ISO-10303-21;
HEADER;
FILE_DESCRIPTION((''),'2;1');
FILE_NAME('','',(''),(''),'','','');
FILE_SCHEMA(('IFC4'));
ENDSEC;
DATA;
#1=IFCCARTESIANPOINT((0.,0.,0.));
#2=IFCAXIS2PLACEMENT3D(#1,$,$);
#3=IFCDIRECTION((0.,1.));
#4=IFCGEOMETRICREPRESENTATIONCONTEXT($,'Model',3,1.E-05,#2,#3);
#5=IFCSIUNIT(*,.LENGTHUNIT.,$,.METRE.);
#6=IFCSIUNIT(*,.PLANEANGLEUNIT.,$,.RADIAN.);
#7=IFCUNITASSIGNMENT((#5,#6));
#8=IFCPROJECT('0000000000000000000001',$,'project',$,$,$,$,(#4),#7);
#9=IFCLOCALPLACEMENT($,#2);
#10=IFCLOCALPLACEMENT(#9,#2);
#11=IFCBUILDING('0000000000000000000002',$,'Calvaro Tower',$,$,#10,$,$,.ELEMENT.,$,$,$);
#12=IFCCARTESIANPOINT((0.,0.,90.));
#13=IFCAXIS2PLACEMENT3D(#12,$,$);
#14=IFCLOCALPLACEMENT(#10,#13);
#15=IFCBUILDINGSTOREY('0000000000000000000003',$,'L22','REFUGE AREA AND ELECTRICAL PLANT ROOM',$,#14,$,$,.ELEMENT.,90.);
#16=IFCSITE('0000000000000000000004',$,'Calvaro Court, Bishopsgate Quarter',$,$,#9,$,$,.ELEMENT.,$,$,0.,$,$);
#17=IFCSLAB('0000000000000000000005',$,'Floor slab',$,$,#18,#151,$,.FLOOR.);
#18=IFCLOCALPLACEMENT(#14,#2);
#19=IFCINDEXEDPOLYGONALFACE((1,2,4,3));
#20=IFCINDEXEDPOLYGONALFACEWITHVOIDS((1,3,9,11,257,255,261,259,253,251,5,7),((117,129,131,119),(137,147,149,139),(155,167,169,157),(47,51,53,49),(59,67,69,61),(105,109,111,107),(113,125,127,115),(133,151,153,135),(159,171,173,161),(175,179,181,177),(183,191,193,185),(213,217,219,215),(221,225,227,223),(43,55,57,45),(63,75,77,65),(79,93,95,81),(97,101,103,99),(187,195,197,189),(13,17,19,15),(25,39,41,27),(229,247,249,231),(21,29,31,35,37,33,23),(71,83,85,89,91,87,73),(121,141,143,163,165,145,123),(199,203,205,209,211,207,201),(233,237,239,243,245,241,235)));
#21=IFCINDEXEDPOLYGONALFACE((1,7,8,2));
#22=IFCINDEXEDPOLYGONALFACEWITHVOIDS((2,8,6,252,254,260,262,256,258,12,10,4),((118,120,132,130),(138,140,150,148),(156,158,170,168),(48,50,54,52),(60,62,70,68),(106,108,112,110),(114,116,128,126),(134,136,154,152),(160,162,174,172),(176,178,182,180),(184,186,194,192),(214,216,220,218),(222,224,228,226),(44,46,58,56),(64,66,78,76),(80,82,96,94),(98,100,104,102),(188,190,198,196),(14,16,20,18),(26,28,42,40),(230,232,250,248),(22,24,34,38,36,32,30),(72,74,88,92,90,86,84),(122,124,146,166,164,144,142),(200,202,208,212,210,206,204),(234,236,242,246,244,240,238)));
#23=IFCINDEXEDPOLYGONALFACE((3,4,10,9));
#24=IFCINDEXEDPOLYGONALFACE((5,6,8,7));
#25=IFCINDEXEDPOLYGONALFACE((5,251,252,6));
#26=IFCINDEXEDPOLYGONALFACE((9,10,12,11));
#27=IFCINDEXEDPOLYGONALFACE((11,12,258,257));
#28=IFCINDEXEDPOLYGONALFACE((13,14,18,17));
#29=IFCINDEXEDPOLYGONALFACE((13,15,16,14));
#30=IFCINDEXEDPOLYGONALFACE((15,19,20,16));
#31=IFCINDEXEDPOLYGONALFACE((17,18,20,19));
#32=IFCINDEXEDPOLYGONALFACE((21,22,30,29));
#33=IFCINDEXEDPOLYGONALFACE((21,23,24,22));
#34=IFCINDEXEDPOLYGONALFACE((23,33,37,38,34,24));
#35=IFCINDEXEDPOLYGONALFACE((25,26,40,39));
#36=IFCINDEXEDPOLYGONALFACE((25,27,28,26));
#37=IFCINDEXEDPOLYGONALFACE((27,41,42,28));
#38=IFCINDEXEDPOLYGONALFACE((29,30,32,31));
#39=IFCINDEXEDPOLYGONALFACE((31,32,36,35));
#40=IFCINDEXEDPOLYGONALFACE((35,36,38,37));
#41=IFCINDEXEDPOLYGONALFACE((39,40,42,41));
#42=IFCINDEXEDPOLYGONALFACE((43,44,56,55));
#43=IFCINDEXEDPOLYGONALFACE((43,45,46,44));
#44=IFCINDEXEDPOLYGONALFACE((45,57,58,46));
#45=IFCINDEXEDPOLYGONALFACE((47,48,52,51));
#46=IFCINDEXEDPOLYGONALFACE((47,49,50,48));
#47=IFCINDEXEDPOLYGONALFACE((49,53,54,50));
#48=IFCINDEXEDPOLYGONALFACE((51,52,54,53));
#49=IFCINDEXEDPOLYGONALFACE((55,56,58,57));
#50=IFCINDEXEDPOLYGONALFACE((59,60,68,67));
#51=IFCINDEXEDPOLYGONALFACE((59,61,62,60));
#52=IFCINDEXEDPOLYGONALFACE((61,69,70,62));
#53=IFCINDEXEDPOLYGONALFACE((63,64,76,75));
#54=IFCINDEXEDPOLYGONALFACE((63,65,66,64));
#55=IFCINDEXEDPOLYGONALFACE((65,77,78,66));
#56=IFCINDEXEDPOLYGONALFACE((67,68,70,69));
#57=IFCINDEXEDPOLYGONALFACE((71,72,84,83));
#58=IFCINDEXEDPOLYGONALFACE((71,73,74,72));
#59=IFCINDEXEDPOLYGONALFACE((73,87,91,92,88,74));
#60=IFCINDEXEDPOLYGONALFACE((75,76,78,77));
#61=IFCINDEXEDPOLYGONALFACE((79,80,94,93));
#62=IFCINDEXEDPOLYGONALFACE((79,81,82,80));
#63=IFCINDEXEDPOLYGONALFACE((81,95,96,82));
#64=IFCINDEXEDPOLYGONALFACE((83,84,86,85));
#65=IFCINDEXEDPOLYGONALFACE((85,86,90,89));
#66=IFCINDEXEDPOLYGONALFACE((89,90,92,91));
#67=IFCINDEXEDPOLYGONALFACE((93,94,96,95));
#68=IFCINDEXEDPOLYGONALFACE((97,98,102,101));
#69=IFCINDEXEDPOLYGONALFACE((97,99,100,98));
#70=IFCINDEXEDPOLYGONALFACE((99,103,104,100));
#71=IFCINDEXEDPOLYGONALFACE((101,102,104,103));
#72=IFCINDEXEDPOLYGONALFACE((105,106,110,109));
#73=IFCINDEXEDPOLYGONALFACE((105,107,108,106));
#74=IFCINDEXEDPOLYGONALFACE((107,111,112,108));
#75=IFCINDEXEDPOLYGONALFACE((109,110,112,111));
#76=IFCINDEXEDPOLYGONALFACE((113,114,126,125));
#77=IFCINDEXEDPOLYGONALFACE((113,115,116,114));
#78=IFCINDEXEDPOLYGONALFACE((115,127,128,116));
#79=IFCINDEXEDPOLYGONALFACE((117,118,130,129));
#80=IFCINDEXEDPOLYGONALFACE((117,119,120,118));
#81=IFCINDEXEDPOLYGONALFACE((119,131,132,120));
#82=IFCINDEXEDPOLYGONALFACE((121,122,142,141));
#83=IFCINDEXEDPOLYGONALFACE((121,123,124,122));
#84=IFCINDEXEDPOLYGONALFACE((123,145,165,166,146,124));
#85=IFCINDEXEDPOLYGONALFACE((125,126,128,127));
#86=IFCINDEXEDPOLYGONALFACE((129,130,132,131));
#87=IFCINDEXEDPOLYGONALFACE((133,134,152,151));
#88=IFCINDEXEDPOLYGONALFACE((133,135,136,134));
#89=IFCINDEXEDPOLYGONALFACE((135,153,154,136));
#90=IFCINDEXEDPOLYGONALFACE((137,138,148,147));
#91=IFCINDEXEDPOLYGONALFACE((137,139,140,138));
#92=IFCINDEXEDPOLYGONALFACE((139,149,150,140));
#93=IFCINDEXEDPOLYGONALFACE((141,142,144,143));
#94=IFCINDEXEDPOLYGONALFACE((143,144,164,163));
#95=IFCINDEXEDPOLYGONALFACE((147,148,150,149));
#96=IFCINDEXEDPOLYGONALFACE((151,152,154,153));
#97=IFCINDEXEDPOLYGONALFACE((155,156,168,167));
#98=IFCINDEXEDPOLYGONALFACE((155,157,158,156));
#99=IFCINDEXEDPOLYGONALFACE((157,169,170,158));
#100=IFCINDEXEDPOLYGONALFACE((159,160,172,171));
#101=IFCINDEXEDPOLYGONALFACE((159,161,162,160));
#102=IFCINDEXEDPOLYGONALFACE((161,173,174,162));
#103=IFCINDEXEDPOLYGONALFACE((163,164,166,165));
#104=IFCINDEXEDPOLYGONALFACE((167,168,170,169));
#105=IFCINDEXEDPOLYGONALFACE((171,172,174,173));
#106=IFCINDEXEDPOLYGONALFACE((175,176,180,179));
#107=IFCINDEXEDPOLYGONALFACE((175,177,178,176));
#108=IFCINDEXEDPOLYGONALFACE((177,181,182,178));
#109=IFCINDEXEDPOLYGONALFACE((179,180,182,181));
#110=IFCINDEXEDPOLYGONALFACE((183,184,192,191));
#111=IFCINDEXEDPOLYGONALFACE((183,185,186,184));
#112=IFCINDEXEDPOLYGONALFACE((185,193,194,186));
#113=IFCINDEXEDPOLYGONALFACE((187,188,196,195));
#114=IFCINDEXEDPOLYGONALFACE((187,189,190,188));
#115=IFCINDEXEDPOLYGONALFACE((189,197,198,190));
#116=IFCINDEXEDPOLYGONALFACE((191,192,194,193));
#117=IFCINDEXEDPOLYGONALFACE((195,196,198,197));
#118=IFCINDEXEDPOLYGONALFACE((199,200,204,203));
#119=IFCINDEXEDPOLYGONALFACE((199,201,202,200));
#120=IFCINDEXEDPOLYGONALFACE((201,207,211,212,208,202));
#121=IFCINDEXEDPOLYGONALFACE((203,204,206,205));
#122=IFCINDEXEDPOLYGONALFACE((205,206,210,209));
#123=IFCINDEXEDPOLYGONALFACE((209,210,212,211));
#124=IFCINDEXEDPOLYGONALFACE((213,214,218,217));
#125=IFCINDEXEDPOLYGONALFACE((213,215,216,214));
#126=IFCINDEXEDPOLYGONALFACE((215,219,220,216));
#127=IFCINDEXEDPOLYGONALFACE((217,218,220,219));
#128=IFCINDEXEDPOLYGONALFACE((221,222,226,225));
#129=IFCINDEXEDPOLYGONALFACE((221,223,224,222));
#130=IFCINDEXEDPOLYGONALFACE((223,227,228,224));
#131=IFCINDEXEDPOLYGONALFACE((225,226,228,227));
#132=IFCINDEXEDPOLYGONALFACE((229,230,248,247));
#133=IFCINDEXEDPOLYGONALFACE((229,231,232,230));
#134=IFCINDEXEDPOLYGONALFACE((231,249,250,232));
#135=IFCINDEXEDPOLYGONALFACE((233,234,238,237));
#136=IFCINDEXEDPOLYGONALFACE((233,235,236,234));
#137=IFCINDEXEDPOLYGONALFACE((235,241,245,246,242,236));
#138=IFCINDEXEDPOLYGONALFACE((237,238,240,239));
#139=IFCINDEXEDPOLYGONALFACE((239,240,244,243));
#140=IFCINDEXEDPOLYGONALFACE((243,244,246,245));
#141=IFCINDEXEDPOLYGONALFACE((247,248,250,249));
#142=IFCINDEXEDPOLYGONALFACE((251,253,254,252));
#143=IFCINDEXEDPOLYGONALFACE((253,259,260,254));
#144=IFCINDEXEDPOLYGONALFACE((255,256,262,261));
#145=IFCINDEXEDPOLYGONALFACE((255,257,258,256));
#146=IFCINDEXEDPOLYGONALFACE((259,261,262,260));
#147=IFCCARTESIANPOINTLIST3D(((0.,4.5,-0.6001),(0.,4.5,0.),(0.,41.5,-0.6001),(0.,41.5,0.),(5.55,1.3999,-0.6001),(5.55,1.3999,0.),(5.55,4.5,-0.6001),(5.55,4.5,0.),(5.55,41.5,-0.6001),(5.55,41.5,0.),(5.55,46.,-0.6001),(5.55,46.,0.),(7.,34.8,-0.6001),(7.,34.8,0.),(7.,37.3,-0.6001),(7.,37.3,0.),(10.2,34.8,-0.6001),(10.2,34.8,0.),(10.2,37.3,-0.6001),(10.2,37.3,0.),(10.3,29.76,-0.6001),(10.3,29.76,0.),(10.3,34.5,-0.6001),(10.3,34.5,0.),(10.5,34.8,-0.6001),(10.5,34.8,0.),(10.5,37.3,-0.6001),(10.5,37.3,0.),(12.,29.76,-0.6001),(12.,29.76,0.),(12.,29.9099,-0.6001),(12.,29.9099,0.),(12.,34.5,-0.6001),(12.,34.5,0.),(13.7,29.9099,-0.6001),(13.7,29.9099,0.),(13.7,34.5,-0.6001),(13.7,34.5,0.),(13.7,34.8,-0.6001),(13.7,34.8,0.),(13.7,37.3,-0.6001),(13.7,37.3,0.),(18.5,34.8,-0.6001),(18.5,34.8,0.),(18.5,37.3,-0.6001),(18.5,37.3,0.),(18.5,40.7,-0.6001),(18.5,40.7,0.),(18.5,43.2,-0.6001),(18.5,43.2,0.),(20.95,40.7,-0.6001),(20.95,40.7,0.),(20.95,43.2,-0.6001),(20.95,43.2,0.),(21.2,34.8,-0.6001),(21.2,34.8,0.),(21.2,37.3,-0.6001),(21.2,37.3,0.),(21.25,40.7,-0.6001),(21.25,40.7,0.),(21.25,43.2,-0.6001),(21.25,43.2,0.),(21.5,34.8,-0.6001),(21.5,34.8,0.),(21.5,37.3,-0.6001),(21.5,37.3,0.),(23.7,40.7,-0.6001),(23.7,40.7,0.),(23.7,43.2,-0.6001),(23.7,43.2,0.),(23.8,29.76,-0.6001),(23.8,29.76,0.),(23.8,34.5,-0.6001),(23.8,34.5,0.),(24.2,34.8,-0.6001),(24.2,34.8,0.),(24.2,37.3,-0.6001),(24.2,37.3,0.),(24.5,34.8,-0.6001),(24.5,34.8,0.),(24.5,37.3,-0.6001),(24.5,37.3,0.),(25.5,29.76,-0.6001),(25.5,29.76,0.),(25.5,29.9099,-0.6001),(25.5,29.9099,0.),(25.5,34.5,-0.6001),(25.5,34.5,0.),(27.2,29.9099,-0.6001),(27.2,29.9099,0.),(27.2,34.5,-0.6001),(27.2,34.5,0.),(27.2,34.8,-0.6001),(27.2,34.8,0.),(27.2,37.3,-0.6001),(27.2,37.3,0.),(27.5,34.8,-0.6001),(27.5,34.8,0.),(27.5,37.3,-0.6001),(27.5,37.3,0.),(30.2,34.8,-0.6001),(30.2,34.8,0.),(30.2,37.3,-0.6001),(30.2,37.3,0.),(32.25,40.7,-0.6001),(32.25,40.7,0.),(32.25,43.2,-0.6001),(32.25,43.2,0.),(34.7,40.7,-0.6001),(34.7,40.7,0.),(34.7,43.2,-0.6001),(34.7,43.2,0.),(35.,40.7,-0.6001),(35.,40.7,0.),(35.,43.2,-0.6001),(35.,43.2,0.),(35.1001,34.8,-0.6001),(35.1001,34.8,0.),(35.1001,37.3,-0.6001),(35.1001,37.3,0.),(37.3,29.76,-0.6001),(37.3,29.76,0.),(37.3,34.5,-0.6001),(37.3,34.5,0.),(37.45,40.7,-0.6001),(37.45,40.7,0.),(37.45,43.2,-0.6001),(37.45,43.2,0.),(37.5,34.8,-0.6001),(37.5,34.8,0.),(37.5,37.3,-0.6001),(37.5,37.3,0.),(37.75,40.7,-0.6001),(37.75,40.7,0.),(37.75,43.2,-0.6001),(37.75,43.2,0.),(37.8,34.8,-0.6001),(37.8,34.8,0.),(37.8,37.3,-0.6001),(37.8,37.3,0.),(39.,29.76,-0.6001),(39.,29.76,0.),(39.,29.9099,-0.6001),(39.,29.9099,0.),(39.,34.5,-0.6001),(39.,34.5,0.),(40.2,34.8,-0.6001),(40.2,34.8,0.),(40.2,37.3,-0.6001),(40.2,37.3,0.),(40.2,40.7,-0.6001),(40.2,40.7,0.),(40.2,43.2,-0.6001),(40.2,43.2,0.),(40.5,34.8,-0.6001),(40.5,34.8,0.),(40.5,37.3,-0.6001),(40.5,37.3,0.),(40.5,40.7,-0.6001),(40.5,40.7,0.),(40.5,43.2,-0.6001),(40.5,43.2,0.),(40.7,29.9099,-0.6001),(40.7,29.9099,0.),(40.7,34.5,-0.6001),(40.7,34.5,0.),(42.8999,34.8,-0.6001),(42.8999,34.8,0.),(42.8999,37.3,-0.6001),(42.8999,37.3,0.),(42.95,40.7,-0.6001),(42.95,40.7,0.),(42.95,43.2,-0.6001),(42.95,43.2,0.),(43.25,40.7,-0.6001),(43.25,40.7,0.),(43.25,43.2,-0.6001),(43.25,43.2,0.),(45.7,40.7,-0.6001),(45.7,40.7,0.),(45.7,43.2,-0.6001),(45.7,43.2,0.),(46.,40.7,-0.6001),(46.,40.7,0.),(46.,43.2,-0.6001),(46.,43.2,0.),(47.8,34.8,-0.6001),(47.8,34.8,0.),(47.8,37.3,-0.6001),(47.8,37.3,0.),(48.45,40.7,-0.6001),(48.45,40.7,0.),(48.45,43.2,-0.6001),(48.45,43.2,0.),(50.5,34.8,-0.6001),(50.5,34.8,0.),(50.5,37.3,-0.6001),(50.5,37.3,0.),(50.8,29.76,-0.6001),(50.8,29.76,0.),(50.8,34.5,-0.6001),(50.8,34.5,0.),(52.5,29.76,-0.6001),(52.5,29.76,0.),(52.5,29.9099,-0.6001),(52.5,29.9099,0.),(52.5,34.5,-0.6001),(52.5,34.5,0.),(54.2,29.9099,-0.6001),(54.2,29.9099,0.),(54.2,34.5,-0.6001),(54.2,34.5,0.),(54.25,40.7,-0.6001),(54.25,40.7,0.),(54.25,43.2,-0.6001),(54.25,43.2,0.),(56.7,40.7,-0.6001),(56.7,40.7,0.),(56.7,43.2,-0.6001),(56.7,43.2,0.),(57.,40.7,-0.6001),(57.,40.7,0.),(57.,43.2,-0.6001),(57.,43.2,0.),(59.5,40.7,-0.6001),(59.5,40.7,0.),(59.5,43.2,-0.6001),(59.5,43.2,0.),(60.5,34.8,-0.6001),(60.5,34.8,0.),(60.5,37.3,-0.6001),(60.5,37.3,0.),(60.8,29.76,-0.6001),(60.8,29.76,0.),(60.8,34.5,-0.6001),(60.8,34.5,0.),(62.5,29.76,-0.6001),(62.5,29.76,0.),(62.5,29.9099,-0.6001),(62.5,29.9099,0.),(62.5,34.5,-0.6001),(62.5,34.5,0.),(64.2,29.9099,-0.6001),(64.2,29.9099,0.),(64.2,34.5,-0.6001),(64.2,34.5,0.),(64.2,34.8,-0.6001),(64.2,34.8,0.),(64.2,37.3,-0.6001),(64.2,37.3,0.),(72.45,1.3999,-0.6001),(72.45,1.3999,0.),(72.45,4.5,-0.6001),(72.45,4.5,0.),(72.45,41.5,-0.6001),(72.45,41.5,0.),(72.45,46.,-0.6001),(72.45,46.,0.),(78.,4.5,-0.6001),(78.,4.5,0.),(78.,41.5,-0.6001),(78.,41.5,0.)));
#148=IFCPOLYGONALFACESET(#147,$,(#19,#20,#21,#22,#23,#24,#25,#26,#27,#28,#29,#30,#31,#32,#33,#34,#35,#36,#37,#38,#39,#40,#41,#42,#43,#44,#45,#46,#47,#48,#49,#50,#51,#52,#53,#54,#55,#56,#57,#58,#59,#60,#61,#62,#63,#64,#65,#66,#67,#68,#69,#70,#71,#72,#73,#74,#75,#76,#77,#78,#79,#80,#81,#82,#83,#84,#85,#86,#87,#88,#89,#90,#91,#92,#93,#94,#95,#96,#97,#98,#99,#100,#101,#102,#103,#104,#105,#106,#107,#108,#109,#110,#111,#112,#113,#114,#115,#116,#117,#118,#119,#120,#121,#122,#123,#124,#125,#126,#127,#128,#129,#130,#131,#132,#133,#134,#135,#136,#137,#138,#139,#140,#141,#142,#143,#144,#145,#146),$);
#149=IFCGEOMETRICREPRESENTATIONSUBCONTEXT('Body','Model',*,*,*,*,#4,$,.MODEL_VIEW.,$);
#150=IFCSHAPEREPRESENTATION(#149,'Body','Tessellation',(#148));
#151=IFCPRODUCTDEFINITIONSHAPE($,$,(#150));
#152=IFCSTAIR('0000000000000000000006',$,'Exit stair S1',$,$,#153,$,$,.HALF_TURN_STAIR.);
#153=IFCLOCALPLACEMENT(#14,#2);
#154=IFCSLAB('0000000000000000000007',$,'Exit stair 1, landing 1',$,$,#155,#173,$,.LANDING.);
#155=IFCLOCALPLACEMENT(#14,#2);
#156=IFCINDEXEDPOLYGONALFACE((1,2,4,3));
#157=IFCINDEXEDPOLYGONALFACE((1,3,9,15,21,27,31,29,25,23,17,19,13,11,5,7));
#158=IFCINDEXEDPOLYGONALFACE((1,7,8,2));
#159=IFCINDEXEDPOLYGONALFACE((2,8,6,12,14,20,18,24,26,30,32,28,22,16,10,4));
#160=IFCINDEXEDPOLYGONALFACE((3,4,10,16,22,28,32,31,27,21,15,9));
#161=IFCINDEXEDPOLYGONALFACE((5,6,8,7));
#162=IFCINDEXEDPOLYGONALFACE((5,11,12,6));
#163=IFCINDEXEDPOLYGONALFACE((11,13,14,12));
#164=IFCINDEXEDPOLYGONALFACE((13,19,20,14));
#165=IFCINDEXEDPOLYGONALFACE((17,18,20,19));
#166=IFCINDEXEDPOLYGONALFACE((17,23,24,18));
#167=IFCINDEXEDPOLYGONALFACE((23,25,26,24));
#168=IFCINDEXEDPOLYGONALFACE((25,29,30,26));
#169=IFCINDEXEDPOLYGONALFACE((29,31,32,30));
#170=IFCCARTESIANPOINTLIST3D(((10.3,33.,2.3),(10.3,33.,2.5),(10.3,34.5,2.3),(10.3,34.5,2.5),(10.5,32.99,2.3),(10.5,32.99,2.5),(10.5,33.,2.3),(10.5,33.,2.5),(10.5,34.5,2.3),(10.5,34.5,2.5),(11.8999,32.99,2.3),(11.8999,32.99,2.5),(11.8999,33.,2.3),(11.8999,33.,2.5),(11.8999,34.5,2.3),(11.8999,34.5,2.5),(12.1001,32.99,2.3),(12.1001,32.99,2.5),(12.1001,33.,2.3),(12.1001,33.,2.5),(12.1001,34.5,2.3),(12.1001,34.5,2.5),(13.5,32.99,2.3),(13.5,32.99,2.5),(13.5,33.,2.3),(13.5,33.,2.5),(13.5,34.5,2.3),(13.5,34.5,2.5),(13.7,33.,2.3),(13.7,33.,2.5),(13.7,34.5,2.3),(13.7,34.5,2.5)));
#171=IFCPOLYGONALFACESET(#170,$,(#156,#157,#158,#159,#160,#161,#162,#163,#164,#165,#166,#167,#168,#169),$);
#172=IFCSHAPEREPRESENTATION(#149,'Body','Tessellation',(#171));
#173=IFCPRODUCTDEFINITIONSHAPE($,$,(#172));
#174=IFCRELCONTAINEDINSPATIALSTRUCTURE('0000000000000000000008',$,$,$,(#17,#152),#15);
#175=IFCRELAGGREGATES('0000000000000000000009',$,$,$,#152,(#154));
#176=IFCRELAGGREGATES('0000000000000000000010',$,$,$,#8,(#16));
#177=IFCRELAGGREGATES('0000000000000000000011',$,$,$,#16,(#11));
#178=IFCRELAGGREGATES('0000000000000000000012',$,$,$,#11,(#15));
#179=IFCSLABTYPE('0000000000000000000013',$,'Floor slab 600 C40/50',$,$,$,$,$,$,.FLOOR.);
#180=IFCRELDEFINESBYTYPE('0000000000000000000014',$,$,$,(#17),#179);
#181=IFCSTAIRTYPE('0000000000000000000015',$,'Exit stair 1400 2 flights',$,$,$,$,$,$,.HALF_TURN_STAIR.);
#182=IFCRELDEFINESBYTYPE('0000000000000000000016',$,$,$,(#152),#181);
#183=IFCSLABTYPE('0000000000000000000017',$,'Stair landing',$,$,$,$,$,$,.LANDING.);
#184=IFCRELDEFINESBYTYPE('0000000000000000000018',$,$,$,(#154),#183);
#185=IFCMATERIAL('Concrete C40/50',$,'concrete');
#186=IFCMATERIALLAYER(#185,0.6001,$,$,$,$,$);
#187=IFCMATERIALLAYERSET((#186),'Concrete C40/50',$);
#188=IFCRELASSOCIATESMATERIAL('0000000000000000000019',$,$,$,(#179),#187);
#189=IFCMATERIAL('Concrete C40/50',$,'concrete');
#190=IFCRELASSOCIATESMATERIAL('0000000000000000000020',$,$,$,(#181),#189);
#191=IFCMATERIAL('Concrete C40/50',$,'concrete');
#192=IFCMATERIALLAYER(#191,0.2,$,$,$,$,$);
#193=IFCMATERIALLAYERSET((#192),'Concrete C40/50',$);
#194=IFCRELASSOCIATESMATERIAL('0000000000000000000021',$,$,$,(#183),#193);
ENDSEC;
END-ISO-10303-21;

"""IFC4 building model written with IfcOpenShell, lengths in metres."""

from ifc_helpers import new_model, si_unit, direction, frame, origin, place, context, subcontext, project, spatial, polyline, outline, extrude, material, layer, layer_set, type_object, element, aggregate, save


model = new_model("IFC4")

# Units and contexts
model_context = context("Model", 3, precision=1e-05, world=origin(), true_north=direction((0.0, 1.0)))
body_context = subcontext(model_context, "Body", "Model", "MODEL_VIEW")
ifc_project = project(units=[si_unit("LENGTHUNIT", "METRE"), si_unit("PLANEANGLEUNIT", "RADIAN")], contexts=[model_context])

# Site, building, storey
site_placement = place(None, origin())
site = spatial("IfcSite", under=ifc_project, at=site_placement, Name="Calvaro Court, Bishopsgate Quarter", CompositionType="ELEMENT", RefElevation=0.0)
building_placement = place(site_placement, origin())
building = spatial("IfcBuilding", under=site, at=building_placement, Name="Calvaro Tower", CompositionType="ELEMENT")
storey_placement = place(building_placement, frame((0.0, 0.0, 90.0)))
storey = spatial("IfcBuildingStorey", under=building, at=storey_placement, Name="L22", Description="REFUGE AREA AND ELECTRICAL PLANT ROOM", CompositionType="ELEMENT", Elevation=90.0)

# Slab
ifc_material_1 = material(Name="Concrete C40/50", Category="concrete")
ifc_layer_1 = layer(ifc_material_1, 0.6001)
ifc_layer_set_1 = layer_set([ifc_layer_1], Name="Concrete C40/50")
slab_type_1 = type_object("IfcSlabType", Name="Floor slab 600 C40/50", PredefinedType="FLOOR", material=ifc_layer_set_1)
slab_1_placement = place(storey_placement, frame((0.0, 0.0, -0.6001)))
element("IfcSlab", 1, at=slab_1_placement, inside=storey, type_object=slab_type_1, Name="Floor slab", PredefinedType="FLOOR", context=body_context, shape_type="SweptSolid", body=[
    extrude(outline(polyline([(72.45, 4.5), (72.45, 1.3999), (5.55, 1.3999), (5.55, 4.5), (0.0, 4.5), (0.0, 41.5), (5.55, 41.5), (5.55, 46.0), (72.45, 46.0), (72.45, 41.5), (78.0, 41.5), (78.0, 4.5), (72.45, 4.5)]), holes=[polyline([(12.0, 29.76), (10.3, 29.76), (10.3, 34.5), (12.0, 34.5), (13.7, 34.5), (13.7, 29.9099), (12.0, 29.9099), (12.0, 29.76)]), polyline([(25.5, 29.76), (23.8, 29.76), (23.8, 34.5), (25.5, 34.5), (27.2, 34.5), (27.2, 29.9099), (25.5, 29.9099), (25.5, 29.76)]), polyline([(39.0, 29.76), (37.3, 29.76), (37.3, 34.5), (39.0, 34.5), (40.7, 34.5), (40.7, 29.9099), (39.0, 29.9099), (39.0, 29.76)]), polyline([(52.5, 29.76), (50.8, 29.76), (50.8, 34.5), (52.5, 34.5), (54.2, 34.5), (54.2, 29.9099), (52.5, 29.9099), (52.5, 29.76)]), polyline([(62.5, 29.76), (60.8, 29.76), (60.8, 34.5), (62.5, 34.5), (64.2, 34.5), (64.2, 29.9099), (62.5, 29.9099), (62.5, 29.76)]), polyline([(18.5, 34.8), (21.2, 34.8), (21.2, 37.3), (18.5, 37.3), (18.5, 34.8)]), polyline([(21.5, 34.8), (24.2, 34.8), (24.2, 37.3), (21.5, 37.3), (21.5, 34.8)]), polyline([(24.5, 34.8), (27.2, 34.8), (27.2, 37.3), (24.5, 37.3), (24.5, 34.8)]), polyline([(35.1001, 34.8), (37.5, 34.8), (37.5, 37.3), (35.1001, 37.3), (35.1001, 34.8)]), polyline([(37.8, 34.8), (40.2, 34.8), (40.2, 37.3), (37.8, 37.3), (37.8, 34.8)]), polyline([(40.5, 34.8), (42.8999, 34.8), (42.8999, 37.3), (40.5, 37.3), (40.5, 34.8)]), polyline([(18.5, 40.7), (20.95, 40.7), (20.95, 43.2), (18.5, 43.2), (18.5, 40.7)]), polyline([(21.25, 40.7), (23.7, 40.7), (23.7, 43.2), (21.25, 43.2), (21.25, 40.7)]), polyline([(32.25, 40.7), (34.7, 40.7), (34.7, 43.2), (32.25, 43.2), (32.25, 40.7)]), polyline([(35.0, 40.7), (37.45, 40.7), (37.45, 43.2), (35.0, 43.2), (35.0, 40.7)]), polyline([(37.75, 40.7), (40.2, 40.7), (40.2, 43.2), (37.75, 43.2), (37.75, 40.7)]), polyline([(40.5, 40.7), (42.95, 40.7), (42.95, 43.2), (40.5, 43.2), (40.5, 40.7)]), polyline([(43.25, 40.7), (45.7, 40.7), (45.7, 43.2), (43.25, 43.2), (43.25, 40.7)]), polyline([(46.0, 40.7), (48.45, 40.7), (48.45, 43.2), (46.0, 43.2), (46.0, 40.7)]), polyline([(54.25, 40.7), (56.7, 40.7), (56.7, 43.2), (54.25, 43.2), (54.25, 40.7)]), polyline([(57.0, 40.7), (59.5, 40.7), (59.5, 43.2), (57.0, 43.2), (57.0, 40.7)]), polyline([(7.0, 34.8), (10.2, 34.8), (10.2, 37.3), (7.0, 37.3), (7.0, 34.8)]), polyline([(10.5, 34.8), (13.7, 34.8), (13.7, 37.3), (10.5, 37.3), (10.5, 34.8)]), polyline([(60.5, 34.8), (64.2, 34.8), (64.2, 37.3), (60.5, 37.3), (60.5, 34.8)]), polyline([(27.5, 34.8), (30.2, 34.8), (30.2, 37.3), (27.5, 37.3), (27.5, 34.8)]), polyline([(47.8, 34.8), (50.5, 34.8), (50.5, 37.3), (47.8, 37.3), (47.8, 34.8)])]), origin(), (0.0, 0.0, 1.0), 0.6001),
])

# Stair, slab
ifc_material_2 = material(Name="Concrete C40/50", Category="concrete")
stair_type = type_object("IfcStairType", Name="Exit stair 1400 2 flights", PredefinedType="HALF_TURN_STAIR", material=ifc_material_2)
stair_1_placement = place(storey_placement, origin())
stair_1 = element("IfcStair", 2, at=stair_1_placement, inside=storey, type_object=stair_type, Name="Exit stair S1", PredefinedType="HALF_TURN_STAIR")
ifc_material_3 = material(Name="Concrete C40/50", Category="concrete")
ifc_layer_2 = layer(ifc_material_3, 0.2)
ifc_layer_set_2 = layer_set([ifc_layer_2], Name="Concrete C40/50")
slab_type_2 = type_object("IfcSlabType", Name="Stair landing", PredefinedType="LANDING", material=ifc_layer_set_2)
slab_2_placement = place(storey_placement, frame((0.0, 0.0, 2.3)))
slab_2 = element("IfcSlab", 3, at=slab_2_placement, type_object=slab_type_2, Name="Exit stair 1, landing 1", PredefinedType="LANDING", context=body_context, shape_type="SweptSolid", body=[
    extrude(outline(polyline([(11.8999, 32.99), (10.5, 32.99), (10.5, 33.0), (10.3, 33.0), (10.3, 34.5), (10.5, 34.5), (11.8999, 34.5), (12.1001, 34.5), (13.5, 34.5), (13.7, 34.5), (13.7, 33.0), (13.5, 33.0), (13.5, 32.99), (12.1001, 32.99), (12.1001, 33.0), (11.8999, 33.0), (11.8999, 32.99)])), origin(), (0.0, 0.0, 1.0), 0.2),
])
aggregate(stair_1, [slab_2])

save(model, "model.ifc")
